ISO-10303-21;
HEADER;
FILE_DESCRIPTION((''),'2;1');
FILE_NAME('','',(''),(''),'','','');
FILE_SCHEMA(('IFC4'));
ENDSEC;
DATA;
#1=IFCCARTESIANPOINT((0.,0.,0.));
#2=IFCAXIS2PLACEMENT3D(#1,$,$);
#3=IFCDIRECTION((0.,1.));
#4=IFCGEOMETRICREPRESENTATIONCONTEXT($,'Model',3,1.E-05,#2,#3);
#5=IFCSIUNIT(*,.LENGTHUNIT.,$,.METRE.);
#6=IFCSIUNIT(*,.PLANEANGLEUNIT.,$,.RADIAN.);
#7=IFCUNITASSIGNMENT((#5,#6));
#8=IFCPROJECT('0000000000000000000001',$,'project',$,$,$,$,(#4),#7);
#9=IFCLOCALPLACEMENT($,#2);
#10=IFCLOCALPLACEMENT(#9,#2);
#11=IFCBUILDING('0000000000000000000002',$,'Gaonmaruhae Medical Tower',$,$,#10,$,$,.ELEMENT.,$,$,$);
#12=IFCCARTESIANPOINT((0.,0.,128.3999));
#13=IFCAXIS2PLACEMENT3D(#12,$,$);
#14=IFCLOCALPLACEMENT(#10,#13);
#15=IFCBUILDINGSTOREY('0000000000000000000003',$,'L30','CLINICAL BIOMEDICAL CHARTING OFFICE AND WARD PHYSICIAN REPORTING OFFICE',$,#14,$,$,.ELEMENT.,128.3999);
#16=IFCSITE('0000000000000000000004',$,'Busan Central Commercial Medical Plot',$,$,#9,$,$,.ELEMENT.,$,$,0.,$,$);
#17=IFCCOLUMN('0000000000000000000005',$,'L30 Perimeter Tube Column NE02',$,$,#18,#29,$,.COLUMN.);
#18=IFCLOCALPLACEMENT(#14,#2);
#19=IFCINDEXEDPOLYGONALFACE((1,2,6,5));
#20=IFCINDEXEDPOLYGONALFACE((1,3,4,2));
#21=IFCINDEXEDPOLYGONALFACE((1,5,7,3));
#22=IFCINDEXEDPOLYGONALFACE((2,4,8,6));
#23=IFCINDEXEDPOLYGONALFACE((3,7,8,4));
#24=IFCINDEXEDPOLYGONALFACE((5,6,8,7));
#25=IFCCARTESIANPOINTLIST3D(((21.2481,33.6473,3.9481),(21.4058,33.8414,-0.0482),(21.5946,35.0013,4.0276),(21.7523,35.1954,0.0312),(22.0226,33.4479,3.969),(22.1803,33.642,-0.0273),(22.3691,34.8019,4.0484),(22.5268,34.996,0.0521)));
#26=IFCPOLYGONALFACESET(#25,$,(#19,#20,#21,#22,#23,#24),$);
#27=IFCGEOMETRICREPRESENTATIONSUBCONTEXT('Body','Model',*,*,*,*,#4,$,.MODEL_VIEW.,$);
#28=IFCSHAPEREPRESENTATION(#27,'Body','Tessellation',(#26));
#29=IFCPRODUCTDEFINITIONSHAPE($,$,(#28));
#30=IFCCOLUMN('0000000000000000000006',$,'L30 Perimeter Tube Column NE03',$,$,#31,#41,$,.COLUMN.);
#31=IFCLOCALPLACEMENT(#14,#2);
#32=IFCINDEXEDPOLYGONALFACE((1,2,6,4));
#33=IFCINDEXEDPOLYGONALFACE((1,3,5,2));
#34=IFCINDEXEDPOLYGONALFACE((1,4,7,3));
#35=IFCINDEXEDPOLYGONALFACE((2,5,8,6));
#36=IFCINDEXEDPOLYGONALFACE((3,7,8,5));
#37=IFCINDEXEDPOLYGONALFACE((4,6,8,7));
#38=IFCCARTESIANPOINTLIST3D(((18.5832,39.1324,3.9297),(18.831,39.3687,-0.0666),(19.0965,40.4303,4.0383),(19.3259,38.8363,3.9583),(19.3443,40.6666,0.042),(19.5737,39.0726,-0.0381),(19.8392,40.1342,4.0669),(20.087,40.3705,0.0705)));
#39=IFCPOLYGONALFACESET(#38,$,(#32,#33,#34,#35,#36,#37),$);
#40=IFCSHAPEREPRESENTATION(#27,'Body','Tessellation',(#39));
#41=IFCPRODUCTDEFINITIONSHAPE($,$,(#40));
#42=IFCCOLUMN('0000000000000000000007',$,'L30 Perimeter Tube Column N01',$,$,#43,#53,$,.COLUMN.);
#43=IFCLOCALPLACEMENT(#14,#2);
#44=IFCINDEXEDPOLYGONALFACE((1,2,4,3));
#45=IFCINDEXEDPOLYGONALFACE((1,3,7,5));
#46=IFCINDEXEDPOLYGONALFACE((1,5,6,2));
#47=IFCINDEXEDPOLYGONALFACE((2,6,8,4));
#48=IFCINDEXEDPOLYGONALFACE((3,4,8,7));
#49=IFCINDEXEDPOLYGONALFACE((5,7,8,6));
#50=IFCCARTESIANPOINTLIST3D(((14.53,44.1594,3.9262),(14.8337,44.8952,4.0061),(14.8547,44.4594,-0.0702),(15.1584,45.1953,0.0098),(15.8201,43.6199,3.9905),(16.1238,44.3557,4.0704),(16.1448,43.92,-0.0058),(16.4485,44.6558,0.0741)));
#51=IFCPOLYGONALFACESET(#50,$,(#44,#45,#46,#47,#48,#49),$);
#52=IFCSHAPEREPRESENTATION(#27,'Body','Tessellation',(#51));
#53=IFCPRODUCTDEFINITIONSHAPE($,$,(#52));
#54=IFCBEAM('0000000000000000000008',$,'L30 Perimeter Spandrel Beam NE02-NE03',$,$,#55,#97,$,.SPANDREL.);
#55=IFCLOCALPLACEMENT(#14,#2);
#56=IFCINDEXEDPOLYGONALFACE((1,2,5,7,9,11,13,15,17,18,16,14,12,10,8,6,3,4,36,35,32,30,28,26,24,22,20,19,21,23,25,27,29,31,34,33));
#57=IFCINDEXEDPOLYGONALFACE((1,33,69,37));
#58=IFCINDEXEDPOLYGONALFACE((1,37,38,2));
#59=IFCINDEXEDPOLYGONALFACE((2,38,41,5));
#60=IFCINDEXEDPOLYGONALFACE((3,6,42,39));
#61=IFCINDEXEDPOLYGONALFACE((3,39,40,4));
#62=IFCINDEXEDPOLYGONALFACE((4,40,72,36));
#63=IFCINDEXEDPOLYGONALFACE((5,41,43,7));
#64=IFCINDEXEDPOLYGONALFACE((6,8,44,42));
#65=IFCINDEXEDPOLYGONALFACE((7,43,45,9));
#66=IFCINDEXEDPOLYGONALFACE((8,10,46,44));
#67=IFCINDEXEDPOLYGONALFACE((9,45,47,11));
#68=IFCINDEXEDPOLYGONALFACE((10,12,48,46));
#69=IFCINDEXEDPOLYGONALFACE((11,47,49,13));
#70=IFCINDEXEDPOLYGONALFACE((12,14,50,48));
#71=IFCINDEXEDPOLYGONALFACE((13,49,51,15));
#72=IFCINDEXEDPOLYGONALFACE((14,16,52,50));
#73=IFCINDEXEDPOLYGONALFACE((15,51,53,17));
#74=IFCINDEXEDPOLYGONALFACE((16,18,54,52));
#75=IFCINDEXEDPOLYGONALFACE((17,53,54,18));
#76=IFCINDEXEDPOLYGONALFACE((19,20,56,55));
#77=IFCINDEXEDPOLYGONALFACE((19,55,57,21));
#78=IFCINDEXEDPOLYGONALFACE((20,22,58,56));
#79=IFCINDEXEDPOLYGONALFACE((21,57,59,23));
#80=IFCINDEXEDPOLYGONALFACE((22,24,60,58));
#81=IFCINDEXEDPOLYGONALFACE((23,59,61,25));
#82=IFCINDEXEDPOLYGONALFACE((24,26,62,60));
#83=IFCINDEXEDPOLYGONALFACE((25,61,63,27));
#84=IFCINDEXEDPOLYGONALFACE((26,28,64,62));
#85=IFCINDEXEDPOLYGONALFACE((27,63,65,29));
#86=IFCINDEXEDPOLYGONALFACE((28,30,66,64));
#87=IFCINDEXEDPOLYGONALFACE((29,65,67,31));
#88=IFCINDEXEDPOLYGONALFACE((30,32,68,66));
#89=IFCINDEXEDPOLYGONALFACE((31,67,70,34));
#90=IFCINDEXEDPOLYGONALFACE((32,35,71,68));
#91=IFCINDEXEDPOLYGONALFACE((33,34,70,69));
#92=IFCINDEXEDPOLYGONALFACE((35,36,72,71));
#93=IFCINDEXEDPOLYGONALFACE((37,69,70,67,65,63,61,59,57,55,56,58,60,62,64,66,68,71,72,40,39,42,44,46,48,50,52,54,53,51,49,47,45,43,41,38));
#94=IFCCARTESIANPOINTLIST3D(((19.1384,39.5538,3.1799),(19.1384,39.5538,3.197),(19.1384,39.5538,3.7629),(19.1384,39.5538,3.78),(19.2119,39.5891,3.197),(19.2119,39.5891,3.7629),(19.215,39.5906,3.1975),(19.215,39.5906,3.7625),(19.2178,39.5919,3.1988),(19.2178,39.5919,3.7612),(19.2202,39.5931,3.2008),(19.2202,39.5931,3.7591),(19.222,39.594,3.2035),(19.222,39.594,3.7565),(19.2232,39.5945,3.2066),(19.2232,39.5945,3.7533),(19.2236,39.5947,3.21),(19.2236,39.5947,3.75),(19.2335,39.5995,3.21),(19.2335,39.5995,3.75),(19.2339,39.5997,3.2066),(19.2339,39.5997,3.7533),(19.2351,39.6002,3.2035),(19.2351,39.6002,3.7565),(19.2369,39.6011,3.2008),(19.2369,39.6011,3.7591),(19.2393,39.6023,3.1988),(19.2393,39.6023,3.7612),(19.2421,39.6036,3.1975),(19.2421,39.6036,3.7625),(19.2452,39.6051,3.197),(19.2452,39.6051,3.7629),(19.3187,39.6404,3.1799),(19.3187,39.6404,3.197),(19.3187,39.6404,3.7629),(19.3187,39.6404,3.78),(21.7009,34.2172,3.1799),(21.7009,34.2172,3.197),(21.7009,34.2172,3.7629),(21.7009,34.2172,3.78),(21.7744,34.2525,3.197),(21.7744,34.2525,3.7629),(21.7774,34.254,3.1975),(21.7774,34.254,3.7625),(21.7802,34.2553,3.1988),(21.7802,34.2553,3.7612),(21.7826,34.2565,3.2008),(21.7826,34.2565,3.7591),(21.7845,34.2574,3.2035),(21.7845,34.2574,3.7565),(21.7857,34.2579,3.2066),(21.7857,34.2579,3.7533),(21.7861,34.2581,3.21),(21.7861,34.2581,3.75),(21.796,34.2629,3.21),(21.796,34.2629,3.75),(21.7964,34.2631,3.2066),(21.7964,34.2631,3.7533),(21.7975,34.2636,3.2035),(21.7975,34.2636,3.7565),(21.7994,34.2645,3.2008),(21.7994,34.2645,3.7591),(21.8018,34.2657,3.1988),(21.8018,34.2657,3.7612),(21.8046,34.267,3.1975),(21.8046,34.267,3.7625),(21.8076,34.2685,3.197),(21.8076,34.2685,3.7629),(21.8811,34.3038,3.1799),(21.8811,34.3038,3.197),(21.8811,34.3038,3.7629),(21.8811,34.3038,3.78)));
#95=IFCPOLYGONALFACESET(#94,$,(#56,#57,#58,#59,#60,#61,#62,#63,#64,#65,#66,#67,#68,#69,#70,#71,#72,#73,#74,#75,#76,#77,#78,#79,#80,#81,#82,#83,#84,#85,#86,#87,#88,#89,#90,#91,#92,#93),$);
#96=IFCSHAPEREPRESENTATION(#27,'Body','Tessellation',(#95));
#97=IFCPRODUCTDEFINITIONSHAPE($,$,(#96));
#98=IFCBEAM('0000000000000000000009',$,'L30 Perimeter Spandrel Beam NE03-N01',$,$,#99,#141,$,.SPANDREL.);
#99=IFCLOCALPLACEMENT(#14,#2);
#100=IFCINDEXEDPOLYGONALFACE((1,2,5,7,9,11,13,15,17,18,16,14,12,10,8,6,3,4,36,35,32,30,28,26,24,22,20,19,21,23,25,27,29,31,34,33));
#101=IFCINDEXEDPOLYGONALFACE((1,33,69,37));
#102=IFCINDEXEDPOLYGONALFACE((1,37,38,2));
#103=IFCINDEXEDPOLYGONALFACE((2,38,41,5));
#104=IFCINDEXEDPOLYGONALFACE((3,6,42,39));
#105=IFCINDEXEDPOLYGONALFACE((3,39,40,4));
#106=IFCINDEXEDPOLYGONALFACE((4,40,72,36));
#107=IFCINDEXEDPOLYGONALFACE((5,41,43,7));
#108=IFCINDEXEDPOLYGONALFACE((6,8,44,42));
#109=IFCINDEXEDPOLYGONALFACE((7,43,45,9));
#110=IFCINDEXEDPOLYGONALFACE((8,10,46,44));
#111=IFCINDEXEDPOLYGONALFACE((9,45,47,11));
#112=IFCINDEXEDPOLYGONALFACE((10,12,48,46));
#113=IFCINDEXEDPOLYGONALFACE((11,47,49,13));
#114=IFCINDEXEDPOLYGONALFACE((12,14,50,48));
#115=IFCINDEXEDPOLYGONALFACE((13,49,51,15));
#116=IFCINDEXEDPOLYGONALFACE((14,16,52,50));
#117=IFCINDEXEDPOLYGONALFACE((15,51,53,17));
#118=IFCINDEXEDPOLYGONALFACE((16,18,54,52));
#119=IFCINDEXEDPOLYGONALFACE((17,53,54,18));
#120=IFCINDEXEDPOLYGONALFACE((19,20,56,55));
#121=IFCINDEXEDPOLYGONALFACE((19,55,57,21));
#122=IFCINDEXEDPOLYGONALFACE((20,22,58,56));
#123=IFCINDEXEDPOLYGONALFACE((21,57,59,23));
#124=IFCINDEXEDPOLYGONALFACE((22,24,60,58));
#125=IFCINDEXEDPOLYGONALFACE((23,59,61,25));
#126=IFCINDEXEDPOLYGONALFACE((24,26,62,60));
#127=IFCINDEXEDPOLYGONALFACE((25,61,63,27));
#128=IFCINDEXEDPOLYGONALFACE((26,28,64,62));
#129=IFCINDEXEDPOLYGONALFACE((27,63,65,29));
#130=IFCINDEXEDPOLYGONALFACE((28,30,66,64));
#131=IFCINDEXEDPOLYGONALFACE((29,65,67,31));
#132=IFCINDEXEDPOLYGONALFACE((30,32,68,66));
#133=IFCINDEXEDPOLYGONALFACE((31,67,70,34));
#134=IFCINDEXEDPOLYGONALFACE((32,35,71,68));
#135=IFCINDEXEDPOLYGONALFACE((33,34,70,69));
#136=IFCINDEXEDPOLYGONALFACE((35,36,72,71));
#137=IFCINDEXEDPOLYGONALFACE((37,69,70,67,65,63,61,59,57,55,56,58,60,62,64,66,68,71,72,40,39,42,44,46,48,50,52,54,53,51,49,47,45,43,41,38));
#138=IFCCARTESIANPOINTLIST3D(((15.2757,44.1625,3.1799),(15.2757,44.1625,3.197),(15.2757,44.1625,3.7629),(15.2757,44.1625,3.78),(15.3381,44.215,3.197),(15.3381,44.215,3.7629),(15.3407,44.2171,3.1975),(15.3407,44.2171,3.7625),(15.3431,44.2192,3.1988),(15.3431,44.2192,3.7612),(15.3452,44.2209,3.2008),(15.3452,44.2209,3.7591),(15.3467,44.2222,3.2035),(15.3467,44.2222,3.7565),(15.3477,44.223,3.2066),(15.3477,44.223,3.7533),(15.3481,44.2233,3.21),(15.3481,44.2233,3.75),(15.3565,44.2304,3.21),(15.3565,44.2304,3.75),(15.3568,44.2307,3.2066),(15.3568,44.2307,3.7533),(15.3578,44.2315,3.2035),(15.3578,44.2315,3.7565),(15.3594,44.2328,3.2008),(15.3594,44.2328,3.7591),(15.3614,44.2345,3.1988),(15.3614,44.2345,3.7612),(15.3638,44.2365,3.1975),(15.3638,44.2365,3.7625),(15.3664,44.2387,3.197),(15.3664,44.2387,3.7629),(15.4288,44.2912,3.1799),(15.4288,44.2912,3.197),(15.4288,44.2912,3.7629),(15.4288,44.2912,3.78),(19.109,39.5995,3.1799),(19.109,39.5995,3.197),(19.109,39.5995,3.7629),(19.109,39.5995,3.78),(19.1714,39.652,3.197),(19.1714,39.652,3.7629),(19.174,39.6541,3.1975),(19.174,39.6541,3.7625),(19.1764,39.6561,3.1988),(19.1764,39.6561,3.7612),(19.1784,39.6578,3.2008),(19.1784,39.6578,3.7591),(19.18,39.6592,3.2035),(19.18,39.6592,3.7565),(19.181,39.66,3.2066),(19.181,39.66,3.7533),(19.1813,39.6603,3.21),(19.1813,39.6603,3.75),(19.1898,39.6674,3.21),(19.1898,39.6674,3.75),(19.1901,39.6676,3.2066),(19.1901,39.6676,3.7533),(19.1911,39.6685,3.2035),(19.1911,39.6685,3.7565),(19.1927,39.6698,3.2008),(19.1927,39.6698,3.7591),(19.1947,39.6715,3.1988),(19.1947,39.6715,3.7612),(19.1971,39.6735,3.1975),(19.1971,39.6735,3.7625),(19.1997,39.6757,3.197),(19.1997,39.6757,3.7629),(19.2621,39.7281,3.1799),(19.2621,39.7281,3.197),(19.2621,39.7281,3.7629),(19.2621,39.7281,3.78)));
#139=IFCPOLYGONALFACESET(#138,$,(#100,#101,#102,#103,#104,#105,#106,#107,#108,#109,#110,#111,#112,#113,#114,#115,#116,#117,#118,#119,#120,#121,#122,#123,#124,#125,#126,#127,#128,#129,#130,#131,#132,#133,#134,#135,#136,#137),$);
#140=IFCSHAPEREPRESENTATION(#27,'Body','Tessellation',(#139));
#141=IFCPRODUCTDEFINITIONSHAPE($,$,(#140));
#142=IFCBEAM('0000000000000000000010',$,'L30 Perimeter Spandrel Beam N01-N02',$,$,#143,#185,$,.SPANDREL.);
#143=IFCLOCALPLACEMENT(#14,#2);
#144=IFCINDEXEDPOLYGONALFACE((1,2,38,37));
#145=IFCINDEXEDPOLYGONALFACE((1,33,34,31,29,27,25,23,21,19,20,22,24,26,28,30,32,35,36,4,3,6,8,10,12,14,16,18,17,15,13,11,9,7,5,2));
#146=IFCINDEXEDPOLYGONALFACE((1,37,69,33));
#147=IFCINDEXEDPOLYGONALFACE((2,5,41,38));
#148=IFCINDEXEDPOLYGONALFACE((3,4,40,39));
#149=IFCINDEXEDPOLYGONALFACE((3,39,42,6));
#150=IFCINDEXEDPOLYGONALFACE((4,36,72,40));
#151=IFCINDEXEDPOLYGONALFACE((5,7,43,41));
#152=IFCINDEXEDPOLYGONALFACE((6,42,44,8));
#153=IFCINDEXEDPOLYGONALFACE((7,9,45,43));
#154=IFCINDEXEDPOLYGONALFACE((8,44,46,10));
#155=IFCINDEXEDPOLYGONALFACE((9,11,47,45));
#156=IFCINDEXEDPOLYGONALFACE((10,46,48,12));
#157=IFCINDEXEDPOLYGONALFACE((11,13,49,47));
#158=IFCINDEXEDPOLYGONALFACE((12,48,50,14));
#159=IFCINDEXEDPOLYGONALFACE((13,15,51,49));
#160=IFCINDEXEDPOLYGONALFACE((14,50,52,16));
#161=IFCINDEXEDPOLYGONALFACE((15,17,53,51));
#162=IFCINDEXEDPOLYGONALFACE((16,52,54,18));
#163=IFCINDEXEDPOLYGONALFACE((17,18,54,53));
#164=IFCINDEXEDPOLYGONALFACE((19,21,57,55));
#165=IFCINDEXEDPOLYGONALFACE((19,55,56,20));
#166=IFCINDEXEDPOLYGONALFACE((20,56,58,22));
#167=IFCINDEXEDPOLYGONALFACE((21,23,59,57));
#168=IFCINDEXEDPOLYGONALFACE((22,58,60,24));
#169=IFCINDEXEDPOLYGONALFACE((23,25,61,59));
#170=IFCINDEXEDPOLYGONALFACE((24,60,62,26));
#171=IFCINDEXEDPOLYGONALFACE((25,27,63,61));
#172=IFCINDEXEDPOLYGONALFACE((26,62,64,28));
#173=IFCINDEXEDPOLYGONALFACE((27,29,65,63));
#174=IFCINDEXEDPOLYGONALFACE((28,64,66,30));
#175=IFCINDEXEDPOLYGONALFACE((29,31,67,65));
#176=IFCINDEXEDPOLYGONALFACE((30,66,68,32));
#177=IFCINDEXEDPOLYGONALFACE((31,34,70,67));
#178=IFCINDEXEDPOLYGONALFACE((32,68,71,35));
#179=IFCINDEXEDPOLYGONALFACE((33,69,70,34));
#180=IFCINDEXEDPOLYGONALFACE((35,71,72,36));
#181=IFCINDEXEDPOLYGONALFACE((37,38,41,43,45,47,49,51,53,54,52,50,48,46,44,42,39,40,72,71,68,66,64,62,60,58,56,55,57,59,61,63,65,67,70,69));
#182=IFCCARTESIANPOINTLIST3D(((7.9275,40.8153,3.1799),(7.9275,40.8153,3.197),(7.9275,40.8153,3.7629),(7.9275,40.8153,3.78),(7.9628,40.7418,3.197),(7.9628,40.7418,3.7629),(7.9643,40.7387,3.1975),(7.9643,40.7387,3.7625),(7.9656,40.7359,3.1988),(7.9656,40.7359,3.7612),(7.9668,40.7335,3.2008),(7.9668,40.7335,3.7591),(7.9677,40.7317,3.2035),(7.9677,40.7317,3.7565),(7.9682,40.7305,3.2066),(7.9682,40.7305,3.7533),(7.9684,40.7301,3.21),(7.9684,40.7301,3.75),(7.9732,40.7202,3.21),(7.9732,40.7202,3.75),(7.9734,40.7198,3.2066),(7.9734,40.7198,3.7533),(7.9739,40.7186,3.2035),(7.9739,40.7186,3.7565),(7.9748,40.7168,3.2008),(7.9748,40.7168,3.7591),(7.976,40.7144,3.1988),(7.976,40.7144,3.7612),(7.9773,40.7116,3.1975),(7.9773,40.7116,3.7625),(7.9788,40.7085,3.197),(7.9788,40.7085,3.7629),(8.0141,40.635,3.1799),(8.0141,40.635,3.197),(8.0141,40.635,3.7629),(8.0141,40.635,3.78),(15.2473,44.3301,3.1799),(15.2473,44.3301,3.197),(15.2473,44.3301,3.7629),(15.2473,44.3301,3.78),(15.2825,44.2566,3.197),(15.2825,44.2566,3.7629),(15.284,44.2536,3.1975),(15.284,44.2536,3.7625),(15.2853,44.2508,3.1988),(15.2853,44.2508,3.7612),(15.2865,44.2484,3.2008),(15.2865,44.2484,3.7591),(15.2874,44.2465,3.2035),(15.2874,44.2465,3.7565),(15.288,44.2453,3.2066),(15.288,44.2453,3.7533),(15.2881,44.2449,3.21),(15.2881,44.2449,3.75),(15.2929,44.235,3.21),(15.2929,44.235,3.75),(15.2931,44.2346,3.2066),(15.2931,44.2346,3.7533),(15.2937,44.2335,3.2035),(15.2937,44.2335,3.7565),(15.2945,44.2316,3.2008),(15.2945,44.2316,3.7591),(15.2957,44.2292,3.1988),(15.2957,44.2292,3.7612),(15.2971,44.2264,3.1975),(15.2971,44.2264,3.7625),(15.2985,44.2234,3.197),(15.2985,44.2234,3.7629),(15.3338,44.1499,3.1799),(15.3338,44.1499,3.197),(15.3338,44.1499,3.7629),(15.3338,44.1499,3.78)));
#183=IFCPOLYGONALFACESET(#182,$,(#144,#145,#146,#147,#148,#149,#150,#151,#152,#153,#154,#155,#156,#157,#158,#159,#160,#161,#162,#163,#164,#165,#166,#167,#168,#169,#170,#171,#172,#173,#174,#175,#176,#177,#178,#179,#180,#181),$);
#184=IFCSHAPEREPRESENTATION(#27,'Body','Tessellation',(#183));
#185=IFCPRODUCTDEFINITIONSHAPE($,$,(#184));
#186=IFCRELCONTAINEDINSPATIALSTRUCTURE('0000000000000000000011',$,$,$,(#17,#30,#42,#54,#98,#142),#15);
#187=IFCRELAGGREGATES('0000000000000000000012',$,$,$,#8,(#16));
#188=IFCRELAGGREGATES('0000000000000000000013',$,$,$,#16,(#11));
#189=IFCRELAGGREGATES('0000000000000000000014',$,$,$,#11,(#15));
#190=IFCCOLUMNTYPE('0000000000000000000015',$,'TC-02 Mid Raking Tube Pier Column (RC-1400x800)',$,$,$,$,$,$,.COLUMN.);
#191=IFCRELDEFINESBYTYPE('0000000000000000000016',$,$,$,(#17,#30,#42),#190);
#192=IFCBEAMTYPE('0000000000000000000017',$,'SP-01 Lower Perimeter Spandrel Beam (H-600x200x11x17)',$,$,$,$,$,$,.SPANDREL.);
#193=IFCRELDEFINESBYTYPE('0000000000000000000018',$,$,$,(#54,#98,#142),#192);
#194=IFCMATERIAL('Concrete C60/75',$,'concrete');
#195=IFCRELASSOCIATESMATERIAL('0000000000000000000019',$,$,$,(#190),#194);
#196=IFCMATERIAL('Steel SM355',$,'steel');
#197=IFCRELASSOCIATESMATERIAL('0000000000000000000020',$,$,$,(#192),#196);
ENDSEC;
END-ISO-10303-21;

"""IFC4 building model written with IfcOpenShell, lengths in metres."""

from ifc_helpers import new_model, si_unit, direction, frame, origin, origin_2d, place, context, subcontext, project, spatial, rectangle, i_section, extrude, material, material_profile, profile_set, type_object, element, save


model = new_model("IFC4")

# Units and contexts
model_context = context("Model", 3, precision=1e-05, world=origin(), true_north=direction((0.0, 1.0)))
body_context = subcontext(model_context, "Body", "Model", "MODEL_VIEW")
ifc_project = project(units=[si_unit("LENGTHUNIT", "METRE"), si_unit("PLANEANGLEUNIT", "RADIAN")], contexts=[model_context])

# Site, building, storey
site_placement = place(None, origin())
site = spatial("IfcSite", under=ifc_project, at=site_placement, Name="Busan Central Commercial Medical Plot", CompositionType="ELEMENT", RefElevation=0.0)
building_placement = place(site_placement, origin())
building = spatial("IfcBuilding", under=site, at=building_placement, Name="Gaonmaruhae Medical Tower", CompositionType="ELEMENT")
storey_placement = place(building_placement, frame((0.0, 0.0, 128.3999)))
storey = spatial("IfcBuildingStorey", under=building, at=storey_placement, Name="L30", Description="CLINICAL BIOMEDICAL CHARTING OFFICE AND WARD PHYSICIAN REPORTING OFFICE", CompositionType="ELEMENT", Elevation=128.3999)

# Columns
ifc_material_1 = material(Name="Concrete C60/75", Category="concrete")
ifc_material_profile_1 = material_profile(ifc_material_1, rectangle(XDim=1.3999, YDim=0.8, at=origin_2d()), Name="RC-1400x800")
ifc_profile_set_1 = profile_set([ifc_material_profile_1], Name="Concrete C60/75")
column_type = type_object("IfcColumnType", Name="TC-02 Mid Raking Tube Pier Column (RC-1400x800)", PredefinedType="COLUMN", material=ifc_profile_set_1)
column_1_placement = place(storey_placement, frame((21.9663, 34.4187, 0.002), z_axis=(-0.039388, -0.048473, 0.998048), x_axis=(0.247513, 0.967221, 0.056744)))
element("IfcColumn", 1, at=column_1_placement, inside=storey, type_object=column_type, Name="L30 Perimeter Tube Column NE02", PredefinedType="COLUMN", context=body_context, shape_type="SweptSolid", body=[
    extrude(rectangle(XDim=1.3999, YDim=0.8, at=origin_2d()), origin(), (0.0, 0.0, 1.0), 4.0042),
])
column_2_placement = place(storey_placement, frame((19.459, 39.8696, 0.002), z_axis=(-0.061781, -0.05892, 0.996349), x_axis=(0.366661, 0.927116, 0.077562)))
element("IfcColumn", 2, at=column_2_placement, inside=storey, type_object=column_type, Name="L30 Perimeter Tube Column NE03", PredefinedType="COLUMN", context=body_context, shape_type="SweptSolid", body=[
    extrude(rectangle(XDim=1.3999, YDim=0.8, at=origin_2d()), origin(), (0.0, 0.0, 1.0), 4.011),
])
column_3_placement = place(storey_placement, frame((15.6516, 44.5576, 0.002), z_axis=(-0.080758, -0.074626, 0.993936), x_axis=(0.921616, -0.385374, 0.045948)))
element("IfcColumn", 3, at=column_3_placement, inside=storey, type_object=column_type, Name="L30 Perimeter Tube Column N01", PredefinedType="COLUMN", context=body_context, shape_type="SweptSolid", body=[
    extrude(rectangle(XDim=1.3999, YDim=0.8, at=origin_2d()), origin(), (0.0, 0.0, 1.0), 4.0208),
])

# Beams
ifc_material_2 = material(Name="Steel SM355", Category="steel")
ifc_material_profile_2 = material_profile(ifc_material_2, i_section(OverallWidth=0.2, OverallDepth=0.6001, WebThickness=0.011, FlangeThickness=0.0171, FilletRadius=0.0129, at=origin_2d()), Name="H-600x200x11x17")
ifc_profile_set_2 = profile_set([ifc_material_profile_2], Name="Steel SM355")
beam_type = type_object("IfcBeamType", Name="SP-01 Lower Perimeter Spandrel Beam (H-600x200x11x17)", PredefinedType="SPANDREL", material=ifc_profile_set_2)
beam_1_placement = place(storey_placement, frame((21.791, 34.2605, 3.48), z_axis=(-0.432854, 0.901464, 0.0), x_axis=(-0.901464, -0.432854, 0.0)))
element("IfcBeam", 4, at=beam_1_placement, inside=storey, type_object=beam_type, Name="L30 Perimeter Spandrel Beam NE02-NE03", PredefinedType="SPANDREL", context=body_context, shape_type="SweptSolid", body=[
    extrude(i_section(OverallWidth=0.2, OverallDepth=0.6001, WebThickness=0.011, FlangeThickness=0.0171, FilletRadius=0.0129, at=origin_2d()), origin(), (0.0, 0.0, 1.0), 5.9199),
])
beam_2_placement = place(storey_placement, frame((19.1855, 39.6638, 3.48), z_axis=(-0.643226, 0.765677, 0.0), x_axis=(-0.765677, -0.643226, 0.0)))
element("IfcBeam", 5, at=beam_2_placement, inside=storey, type_object=beam_type, Name="L30 Perimeter Spandrel Beam NE03-N01", PredefinedType="SPANDREL", context=body_context, shape_type="SweptSolid", body=[
    extrude(i_section(OverallWidth=0.2, OverallDepth=0.6001, WebThickness=0.011, FlangeThickness=0.0171, FilletRadius=0.0129, at=origin_2d()), origin(), (0.0, 0.0, 1.0), 5.9595),
])
beam_3_placement = place(storey_placement, frame((15.2905, 44.24, 3.48), z_axis=(-0.901457, -0.432869, 0.0), x_axis=(0.432869, -0.901457, 0.0)))
element("IfcBeam", 6, at=beam_3_placement, inside=storey, type_object=beam_type, Name="L30 Perimeter Spandrel Beam N01-N02", PredefinedType="SPANDREL", context=body_context, shape_type="SweptSolid", body=[
    extrude(i_section(OverallWidth=0.2, OverallDepth=0.6001, WebThickness=0.011, FlangeThickness=0.0171, FilletRadius=0.0129, at=origin_2d()), origin(), (0.0, 0.0, 1.0), 8.1199),
])

save(model, "model.ifc")
